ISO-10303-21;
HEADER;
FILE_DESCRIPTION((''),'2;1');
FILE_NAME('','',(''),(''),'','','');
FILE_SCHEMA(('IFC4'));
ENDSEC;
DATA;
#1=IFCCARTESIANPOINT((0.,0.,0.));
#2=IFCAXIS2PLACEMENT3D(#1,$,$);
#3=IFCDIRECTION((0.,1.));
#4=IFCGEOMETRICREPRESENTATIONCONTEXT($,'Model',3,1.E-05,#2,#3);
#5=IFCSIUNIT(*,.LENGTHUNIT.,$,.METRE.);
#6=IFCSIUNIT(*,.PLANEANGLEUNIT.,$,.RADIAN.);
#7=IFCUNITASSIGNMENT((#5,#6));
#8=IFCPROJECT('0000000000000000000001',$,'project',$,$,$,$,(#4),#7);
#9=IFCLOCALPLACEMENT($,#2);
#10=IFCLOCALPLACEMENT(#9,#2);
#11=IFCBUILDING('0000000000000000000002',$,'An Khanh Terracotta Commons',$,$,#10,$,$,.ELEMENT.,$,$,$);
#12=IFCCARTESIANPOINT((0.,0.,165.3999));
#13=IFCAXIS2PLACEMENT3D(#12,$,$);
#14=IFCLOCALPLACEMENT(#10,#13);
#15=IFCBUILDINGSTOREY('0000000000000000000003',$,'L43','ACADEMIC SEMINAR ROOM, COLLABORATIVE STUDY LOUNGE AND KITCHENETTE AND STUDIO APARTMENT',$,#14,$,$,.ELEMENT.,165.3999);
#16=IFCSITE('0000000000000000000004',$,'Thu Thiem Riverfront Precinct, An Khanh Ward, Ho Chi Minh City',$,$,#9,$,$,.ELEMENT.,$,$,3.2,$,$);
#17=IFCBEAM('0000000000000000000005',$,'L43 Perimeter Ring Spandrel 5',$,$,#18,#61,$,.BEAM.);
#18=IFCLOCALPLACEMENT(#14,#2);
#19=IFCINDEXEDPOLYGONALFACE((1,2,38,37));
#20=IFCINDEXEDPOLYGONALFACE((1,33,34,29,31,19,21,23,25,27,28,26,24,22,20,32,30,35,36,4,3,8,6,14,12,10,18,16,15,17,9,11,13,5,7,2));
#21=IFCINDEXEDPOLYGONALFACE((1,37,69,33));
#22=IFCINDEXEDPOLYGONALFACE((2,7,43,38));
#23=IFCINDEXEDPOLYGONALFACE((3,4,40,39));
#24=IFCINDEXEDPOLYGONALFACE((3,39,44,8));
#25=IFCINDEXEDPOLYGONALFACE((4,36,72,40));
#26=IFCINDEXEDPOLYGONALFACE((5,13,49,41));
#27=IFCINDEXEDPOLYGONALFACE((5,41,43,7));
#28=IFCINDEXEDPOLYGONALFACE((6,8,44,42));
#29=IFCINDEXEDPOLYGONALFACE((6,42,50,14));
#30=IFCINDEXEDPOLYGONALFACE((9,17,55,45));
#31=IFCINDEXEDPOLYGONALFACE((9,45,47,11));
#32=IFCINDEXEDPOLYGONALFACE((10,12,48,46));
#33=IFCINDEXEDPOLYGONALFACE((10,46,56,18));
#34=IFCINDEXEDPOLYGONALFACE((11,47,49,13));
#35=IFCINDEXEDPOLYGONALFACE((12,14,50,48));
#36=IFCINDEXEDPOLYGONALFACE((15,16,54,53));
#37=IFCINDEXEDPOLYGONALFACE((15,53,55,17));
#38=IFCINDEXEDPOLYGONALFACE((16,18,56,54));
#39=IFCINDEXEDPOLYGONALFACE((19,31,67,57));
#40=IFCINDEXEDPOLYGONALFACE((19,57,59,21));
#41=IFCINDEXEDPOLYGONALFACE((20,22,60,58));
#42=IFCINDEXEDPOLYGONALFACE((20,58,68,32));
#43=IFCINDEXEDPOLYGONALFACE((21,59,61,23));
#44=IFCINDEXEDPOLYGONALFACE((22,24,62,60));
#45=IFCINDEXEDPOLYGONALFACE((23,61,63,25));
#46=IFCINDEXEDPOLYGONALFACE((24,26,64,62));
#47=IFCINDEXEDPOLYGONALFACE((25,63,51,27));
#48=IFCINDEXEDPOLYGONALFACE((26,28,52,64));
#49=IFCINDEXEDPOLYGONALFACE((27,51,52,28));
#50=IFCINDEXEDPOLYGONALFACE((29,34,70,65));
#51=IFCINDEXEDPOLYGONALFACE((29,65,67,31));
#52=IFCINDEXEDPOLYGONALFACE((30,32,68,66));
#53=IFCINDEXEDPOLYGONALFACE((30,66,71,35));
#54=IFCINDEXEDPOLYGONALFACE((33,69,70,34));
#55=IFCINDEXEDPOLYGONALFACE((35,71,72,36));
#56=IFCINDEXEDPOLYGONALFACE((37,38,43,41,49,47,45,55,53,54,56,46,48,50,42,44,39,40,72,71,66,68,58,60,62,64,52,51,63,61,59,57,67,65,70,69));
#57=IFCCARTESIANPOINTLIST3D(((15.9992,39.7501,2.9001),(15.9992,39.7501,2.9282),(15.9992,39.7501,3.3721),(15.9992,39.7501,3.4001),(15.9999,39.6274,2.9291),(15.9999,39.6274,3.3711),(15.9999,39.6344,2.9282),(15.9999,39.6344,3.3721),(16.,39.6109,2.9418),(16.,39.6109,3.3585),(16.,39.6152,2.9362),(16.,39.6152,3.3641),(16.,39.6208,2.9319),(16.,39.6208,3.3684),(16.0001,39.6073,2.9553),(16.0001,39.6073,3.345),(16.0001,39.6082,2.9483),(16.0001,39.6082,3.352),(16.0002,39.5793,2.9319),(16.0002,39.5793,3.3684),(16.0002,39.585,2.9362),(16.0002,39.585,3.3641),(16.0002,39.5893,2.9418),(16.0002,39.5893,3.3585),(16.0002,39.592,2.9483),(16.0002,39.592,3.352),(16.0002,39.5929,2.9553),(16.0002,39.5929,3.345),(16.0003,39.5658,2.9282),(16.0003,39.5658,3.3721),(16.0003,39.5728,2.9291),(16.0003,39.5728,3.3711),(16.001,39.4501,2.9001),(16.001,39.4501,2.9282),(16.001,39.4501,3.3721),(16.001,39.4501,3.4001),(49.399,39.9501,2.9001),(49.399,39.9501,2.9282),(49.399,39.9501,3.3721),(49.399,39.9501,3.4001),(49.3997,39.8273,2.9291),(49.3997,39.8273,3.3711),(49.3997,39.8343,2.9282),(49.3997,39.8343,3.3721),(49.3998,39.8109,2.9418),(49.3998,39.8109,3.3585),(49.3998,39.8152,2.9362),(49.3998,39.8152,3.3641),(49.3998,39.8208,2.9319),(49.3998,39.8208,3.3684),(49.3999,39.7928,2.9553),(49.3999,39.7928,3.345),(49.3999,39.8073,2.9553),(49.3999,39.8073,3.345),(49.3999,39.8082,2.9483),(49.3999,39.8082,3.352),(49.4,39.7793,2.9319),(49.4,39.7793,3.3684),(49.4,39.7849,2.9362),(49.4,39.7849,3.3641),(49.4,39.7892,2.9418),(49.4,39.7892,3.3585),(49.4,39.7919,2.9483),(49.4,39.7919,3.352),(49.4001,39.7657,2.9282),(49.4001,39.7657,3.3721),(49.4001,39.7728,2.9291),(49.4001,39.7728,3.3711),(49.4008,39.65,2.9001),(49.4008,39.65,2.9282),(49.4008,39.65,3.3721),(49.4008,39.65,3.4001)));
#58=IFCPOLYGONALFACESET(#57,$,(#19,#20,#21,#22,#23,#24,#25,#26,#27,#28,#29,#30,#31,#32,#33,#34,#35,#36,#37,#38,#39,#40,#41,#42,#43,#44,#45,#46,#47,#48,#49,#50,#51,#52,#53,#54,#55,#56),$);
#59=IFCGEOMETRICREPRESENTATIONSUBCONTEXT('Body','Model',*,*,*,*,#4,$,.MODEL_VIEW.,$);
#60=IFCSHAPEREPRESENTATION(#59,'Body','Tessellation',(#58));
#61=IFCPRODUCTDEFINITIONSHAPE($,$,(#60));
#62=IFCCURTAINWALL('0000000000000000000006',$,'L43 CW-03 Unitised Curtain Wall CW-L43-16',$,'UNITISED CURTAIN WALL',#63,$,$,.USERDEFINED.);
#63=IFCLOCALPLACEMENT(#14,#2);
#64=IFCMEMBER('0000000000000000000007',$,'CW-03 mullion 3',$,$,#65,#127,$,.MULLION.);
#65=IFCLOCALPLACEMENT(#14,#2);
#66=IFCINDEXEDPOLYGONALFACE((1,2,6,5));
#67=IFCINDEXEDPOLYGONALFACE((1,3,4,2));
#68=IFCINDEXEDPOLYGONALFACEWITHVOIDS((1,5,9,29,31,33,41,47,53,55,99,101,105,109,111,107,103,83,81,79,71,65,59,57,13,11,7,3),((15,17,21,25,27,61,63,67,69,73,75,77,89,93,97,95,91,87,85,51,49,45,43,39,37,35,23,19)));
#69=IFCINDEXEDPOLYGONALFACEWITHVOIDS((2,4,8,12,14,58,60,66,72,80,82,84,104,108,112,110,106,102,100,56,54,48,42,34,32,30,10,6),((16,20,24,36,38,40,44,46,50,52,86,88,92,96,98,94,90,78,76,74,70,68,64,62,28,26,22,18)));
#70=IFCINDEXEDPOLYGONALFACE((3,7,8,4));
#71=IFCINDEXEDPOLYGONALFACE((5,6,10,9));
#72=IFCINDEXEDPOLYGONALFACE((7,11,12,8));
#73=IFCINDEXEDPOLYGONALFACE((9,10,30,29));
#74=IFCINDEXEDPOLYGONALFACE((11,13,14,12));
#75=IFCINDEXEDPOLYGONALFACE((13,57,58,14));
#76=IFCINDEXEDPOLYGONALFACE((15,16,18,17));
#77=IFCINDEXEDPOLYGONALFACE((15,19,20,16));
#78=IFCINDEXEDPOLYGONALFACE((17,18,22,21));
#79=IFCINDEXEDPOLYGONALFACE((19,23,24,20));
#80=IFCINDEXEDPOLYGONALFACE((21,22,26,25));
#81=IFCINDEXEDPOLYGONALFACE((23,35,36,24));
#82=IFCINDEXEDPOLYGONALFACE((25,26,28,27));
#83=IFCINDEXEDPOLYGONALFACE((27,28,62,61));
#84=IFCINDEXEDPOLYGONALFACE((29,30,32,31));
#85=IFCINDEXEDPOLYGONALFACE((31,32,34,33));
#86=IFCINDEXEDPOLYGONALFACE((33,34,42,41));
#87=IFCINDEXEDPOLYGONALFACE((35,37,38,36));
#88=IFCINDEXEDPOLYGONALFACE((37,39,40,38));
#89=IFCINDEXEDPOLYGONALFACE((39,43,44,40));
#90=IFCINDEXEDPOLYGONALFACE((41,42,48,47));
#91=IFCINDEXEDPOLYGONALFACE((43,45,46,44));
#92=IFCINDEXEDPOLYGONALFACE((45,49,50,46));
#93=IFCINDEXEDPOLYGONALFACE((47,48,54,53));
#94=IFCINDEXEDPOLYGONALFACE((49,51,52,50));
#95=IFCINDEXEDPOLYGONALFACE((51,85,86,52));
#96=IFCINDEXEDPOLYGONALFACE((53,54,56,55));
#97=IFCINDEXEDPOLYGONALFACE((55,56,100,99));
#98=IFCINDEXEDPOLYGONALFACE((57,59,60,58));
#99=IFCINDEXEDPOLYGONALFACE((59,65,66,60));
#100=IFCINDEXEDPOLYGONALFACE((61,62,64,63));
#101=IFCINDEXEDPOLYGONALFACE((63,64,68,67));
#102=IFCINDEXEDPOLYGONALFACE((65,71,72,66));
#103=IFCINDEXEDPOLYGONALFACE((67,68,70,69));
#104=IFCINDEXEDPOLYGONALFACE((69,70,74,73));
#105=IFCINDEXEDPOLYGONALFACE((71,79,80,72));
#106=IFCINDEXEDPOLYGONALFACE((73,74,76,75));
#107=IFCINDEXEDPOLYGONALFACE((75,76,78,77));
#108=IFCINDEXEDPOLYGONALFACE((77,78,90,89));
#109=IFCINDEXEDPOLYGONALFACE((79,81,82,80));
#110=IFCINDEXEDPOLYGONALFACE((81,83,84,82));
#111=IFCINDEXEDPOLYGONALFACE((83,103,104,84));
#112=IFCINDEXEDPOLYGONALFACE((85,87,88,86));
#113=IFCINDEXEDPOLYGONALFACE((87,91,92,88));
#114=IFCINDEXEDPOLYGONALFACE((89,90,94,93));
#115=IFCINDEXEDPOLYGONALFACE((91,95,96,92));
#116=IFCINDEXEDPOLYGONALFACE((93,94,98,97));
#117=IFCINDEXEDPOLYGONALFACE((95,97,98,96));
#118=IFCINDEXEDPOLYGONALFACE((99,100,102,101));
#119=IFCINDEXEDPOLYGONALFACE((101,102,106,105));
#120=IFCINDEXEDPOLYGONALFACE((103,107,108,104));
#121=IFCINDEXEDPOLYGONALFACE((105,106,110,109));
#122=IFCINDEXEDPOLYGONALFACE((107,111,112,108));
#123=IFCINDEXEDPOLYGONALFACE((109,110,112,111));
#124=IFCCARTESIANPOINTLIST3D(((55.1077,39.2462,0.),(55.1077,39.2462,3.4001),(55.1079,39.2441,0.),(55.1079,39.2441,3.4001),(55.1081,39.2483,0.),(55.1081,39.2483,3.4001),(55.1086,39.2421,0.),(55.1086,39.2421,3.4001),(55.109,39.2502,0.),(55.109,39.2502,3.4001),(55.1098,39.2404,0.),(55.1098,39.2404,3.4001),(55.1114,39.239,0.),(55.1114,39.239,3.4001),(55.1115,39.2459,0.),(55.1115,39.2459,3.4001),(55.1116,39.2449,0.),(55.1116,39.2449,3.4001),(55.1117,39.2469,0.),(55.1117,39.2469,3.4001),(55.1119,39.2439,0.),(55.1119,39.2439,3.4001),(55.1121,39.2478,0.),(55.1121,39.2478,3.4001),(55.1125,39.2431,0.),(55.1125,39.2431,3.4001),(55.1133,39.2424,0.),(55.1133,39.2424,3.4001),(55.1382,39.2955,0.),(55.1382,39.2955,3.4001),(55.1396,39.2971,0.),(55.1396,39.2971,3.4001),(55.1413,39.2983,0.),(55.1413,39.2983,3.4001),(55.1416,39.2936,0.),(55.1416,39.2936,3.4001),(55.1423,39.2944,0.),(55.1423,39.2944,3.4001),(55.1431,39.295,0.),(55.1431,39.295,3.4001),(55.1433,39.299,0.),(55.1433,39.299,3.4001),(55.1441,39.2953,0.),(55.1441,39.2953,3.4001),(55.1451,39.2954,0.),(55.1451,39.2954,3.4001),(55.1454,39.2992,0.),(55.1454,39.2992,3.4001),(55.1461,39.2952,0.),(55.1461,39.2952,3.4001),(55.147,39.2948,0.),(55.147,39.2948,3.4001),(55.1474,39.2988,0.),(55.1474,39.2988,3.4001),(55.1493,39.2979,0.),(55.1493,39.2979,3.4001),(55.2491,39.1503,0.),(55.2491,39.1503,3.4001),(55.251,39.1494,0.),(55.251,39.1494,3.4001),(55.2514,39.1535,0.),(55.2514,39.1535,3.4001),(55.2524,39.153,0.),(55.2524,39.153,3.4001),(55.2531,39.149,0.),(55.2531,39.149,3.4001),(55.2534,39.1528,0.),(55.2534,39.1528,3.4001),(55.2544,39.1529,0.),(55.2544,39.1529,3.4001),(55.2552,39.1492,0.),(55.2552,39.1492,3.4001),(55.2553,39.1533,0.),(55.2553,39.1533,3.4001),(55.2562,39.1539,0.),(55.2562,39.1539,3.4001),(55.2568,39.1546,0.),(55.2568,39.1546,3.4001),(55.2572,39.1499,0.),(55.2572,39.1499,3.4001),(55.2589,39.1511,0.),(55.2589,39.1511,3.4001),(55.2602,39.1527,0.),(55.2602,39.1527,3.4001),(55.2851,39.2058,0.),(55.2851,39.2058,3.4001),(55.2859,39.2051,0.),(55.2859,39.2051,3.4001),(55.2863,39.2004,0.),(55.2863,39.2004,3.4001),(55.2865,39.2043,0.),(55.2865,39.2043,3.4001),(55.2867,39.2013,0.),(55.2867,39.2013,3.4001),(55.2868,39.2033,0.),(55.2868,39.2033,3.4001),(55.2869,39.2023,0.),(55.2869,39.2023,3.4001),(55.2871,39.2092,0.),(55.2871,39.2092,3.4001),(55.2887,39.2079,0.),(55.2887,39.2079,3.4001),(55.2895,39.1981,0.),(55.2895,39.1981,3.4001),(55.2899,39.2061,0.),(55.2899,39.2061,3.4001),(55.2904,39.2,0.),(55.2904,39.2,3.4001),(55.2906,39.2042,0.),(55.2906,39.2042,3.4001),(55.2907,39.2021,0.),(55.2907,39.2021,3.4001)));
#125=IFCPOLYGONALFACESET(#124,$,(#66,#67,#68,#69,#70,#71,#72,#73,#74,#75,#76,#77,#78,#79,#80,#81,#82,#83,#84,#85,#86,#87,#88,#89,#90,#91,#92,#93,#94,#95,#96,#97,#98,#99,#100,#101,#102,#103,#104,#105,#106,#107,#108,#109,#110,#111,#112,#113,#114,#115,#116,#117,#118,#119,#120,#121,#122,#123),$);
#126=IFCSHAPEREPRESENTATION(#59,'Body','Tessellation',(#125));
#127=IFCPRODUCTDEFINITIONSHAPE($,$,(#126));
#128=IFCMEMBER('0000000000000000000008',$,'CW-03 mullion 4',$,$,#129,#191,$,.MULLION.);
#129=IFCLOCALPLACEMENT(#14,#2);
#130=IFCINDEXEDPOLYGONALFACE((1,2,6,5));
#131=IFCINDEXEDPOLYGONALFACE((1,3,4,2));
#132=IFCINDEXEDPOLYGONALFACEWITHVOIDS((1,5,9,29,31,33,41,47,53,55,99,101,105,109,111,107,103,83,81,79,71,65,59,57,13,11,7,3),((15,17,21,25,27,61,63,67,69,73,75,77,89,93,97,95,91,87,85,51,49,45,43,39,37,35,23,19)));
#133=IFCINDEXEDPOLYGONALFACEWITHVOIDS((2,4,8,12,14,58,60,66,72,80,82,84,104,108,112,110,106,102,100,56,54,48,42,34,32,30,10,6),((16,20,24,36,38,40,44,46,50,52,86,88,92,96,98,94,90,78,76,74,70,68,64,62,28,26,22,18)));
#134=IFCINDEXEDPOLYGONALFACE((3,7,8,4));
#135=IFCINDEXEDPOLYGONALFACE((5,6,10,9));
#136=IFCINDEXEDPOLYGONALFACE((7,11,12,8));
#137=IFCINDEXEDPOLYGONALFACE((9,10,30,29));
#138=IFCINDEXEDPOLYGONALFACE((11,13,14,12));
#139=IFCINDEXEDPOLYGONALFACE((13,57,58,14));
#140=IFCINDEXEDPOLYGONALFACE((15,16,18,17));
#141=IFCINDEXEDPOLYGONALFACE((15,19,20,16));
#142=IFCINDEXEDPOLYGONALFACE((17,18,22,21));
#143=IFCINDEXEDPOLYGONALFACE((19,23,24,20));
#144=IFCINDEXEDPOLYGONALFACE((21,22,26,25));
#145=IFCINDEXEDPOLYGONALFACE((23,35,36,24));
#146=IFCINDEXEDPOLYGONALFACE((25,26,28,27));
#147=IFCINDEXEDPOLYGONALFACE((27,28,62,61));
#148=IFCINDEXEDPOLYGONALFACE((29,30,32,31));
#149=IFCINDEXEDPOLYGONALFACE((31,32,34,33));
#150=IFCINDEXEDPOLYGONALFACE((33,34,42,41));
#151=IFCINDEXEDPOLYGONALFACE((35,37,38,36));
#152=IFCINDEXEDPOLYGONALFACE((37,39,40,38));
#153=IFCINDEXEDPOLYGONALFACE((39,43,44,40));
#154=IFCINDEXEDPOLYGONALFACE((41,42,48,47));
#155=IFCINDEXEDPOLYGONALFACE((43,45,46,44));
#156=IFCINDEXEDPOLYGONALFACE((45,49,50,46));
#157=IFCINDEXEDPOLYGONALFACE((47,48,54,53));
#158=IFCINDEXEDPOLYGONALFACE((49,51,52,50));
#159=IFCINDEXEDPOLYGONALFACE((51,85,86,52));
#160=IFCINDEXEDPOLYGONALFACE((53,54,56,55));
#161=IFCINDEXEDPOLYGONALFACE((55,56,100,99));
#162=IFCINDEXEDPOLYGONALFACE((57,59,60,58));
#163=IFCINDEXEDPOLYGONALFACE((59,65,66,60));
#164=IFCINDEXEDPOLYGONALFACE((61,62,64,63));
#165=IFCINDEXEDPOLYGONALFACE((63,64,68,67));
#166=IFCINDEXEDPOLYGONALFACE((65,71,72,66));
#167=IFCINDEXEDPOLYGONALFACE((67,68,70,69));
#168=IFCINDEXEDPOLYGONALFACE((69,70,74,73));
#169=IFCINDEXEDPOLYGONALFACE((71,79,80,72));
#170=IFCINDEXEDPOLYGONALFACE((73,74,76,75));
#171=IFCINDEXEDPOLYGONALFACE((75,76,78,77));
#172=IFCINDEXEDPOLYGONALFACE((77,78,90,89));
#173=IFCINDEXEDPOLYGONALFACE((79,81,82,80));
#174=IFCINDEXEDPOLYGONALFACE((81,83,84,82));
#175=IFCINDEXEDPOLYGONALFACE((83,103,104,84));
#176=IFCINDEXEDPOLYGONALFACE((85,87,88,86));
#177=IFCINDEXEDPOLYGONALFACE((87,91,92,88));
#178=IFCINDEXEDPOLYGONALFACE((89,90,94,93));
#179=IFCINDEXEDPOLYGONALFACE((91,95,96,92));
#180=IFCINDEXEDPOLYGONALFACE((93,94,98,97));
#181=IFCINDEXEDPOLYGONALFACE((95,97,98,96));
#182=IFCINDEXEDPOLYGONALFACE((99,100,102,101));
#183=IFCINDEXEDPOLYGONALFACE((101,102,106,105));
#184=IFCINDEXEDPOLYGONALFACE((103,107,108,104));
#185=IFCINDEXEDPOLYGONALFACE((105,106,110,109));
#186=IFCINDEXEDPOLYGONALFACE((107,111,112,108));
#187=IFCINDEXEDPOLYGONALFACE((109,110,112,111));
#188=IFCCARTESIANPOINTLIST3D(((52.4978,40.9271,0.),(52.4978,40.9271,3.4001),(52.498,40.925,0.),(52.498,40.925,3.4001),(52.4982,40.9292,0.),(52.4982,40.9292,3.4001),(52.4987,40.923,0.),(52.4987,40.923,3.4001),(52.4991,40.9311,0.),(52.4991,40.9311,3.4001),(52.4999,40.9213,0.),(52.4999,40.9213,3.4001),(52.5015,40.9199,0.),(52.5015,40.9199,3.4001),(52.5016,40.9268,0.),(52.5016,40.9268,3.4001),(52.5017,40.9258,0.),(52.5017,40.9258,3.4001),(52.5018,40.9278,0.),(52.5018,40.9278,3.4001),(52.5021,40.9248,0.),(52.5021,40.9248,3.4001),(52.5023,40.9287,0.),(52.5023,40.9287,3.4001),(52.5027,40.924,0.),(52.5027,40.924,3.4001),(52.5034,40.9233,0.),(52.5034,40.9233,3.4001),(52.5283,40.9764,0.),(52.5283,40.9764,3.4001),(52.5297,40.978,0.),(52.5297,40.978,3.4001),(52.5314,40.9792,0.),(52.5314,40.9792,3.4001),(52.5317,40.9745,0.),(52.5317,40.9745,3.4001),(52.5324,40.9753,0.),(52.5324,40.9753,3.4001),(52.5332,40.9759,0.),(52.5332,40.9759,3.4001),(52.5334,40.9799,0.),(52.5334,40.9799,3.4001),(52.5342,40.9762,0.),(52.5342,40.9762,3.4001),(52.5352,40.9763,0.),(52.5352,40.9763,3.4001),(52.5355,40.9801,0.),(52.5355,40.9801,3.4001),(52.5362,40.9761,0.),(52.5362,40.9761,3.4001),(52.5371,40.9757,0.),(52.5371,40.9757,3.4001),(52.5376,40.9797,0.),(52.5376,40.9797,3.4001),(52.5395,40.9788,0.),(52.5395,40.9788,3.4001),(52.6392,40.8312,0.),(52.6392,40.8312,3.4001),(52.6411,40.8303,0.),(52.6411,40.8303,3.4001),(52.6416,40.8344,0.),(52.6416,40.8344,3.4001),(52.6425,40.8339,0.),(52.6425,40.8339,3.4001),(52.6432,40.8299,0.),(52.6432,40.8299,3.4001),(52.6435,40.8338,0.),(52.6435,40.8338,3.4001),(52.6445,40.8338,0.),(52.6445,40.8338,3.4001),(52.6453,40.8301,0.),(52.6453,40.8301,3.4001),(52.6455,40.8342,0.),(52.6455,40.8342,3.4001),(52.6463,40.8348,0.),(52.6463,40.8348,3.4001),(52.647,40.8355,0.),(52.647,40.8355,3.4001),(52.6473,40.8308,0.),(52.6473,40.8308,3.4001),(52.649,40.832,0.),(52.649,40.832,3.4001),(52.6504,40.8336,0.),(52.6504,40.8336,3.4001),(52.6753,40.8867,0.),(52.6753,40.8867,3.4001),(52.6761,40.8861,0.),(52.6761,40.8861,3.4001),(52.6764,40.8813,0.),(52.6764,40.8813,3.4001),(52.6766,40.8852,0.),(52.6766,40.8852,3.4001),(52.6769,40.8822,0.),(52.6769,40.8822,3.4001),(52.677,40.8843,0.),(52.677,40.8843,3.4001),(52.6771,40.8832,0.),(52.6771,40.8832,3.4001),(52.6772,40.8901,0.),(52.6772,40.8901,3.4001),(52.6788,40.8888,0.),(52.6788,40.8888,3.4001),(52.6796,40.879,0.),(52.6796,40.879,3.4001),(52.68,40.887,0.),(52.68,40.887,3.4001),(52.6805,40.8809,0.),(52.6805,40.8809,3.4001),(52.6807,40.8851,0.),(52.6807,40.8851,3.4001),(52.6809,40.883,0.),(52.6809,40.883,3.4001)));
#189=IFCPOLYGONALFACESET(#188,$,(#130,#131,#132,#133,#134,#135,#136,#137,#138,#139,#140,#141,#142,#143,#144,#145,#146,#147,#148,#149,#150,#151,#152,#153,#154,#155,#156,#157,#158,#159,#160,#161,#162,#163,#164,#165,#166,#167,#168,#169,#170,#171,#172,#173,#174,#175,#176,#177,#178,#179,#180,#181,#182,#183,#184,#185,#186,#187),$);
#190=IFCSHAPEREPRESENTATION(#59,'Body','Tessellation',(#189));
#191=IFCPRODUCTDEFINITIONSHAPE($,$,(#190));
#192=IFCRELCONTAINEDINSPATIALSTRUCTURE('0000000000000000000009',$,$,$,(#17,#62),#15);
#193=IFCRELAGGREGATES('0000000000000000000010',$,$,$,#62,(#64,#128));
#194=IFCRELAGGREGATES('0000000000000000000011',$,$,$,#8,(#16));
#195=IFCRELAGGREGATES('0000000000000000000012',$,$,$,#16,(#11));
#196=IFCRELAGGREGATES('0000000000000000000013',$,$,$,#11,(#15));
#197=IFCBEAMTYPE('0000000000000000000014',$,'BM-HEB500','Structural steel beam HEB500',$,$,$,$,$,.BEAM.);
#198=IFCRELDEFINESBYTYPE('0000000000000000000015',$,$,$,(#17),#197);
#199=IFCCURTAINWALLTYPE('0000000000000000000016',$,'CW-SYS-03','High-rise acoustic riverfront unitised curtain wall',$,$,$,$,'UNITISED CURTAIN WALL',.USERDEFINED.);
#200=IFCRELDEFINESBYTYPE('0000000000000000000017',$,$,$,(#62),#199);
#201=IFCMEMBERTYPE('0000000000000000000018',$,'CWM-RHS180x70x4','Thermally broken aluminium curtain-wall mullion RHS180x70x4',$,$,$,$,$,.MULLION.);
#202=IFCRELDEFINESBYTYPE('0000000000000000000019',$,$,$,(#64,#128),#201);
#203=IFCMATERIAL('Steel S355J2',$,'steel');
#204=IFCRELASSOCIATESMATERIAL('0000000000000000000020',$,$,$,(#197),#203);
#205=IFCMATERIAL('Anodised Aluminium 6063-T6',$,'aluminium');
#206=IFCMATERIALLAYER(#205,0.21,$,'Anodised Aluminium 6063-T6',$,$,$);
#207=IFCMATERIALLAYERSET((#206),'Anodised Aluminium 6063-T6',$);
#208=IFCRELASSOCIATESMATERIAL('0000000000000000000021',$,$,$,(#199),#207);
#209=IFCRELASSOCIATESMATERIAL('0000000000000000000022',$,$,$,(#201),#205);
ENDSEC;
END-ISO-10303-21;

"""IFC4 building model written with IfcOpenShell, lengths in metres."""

from ifc_helpers import new_model, si_unit, direction, frame, origin, origin_2d, place, context, subcontext, project, spatial, hollow_rectangle, i_section, extrude, material, layer, layer_set, material_profile, profile_set, type_object, element, aggregate, save


model = new_model("IFC4")

# Units and contexts
model_context = context("Model", 3, precision=1e-05, world=origin(), true_north=direction((0.0, 1.0)))
body_context = subcontext(model_context, "Body", "Model", "MODEL_VIEW")
ifc_project = project(units=[si_unit("LENGTHUNIT", "METRE"), si_unit("PLANEANGLEUNIT", "RADIAN")], contexts=[model_context])

# Site, building, storey
site_placement = place(None, origin())
site = spatial("IfcSite", under=ifc_project, at=site_placement, Name="Thu Thiem Riverfront Precinct, An Khanh Ward, Ho Chi Minh City", CompositionType="ELEMENT", RefElevation=3.2)
building_placement = place(site_placement, origin())
building = spatial("IfcBuilding", under=site, at=building_placement, Name="An Khanh Terracotta Commons", CompositionType="ELEMENT")
storey_placement = place(building_placement, frame((0.0, 0.0, 165.3999)))
storey = spatial("IfcBuildingStorey", under=building, at=storey_placement, Name="L43", Description="ACADEMIC SEMINAR ROOM, COLLABORATIVE STUDY LOUNGE AND KITCHENETTE AND STUDIO APARTMENT", CompositionType="ELEMENT", Elevation=165.3999)

# Beam
ifc_material_1 = material(Name="Steel S355J2", Category="steel")
ifc_material_profile_1 = material_profile(ifc_material_1, i_section(OverallWidth=0.3, OverallDepth=0.5, WebThickness=0.0144, FlangeThickness=0.0281, FilletRadius=0.0271, at=origin_2d()), Name="HEB500")
ifc_profile_set_1 = profile_set([ifc_material_profile_1], Name="Steel S355J2")
beam_type_1 = type_object("IfcBeamType", Name="BM-HEB500", Description="Structural steel beam HEB500", PredefinedType="BEAM", material=ifc_profile_set_1)
beam_1_placement = place(storey_placement, frame((49.3999, 39.8, 3.1501), z_axis=(-0.999982, -0.005986, 0.0), x_axis=(0.005986, -0.999982, 0.0)))
element("IfcBeam", 1, at=beam_1_placement, inside=storey, type_object=beam_type_1, Name="L43 Perimeter Ring Spandrel 5", PredefinedType="BEAM", context=body_context, shape_type="SweptSolid", body=[
    extrude(i_section(OverallWidth=0.3, OverallDepth=0.5, WebThickness=0.0144, FlangeThickness=0.0281, FilletRadius=0.0271, at=origin_2d()), origin(), (0.0, 0.0, 1.0), 33.4004),
])

# Curtain wall, members
ifc_material_2 = material(Name="Anodised Aluminium 6063-T6", Category="aluminium")
ifc_layer_1 = layer(ifc_material_2, 0.21, Name="Anodised Aluminium 6063-T6")
ifc_layer_set_1 = layer_set([ifc_layer_1], Name="Anodised Aluminium 6063-T6")
curtain_wall_type = type_object("IfcCurtainWallType", Name="CW-SYS-03", Description="High-rise acoustic riverfront unitised curtain wall", ElementType="UNITISED CURTAIN WALL", PredefinedType="USERDEFINED", material=ifc_layer_set_1)
curtain_wall_placement = place(storey_placement, origin())
curtain_wall = element("IfcCurtainWall", 2, at=curtain_wall_placement, inside=storey, type_object=curtain_wall_type, Name="L43 CW-03 Unitised Curtain Wall CW-L43-16", ObjectType="UNITISED CURTAIN WALL", PredefinedType="USERDEFINED")
ifc_material_profile_2 = material_profile(ifc_material_2, hollow_rectangle(XDim=0.0701, YDim=0.1799, WallThickness=0.0039, InnerFilletRadius=0.0039, OuterFilletRadius=0.0081, at=origin_2d()), Name="RHS180x70x4")
ifc_profile_set_2 = profile_set([ifc_material_profile_2], Name="Anodised Aluminium 6063-T6")
member_type_1 = type_object("IfcMemberType", Name="CWM-RHS180x70x4", Description="Thermally broken aluminium curtain-wall mullion RHS180x70x4", PredefinedType="MULLION", material=ifc_profile_set_2)
member_1_placement = place(storey_placement, frame((55.1992, 39.2241, 0.0), z_axis=(0.0, 0.0, 1.0), x_axis=(-0.541498, -0.840702, 0.0)))
member_1 = element("IfcMember", 3, at=member_1_placement, type_object=member_type_1, Name="CW-03 mullion 3", PredefinedType="MULLION", context=body_context, shape_type="SweptSolid", body=[
    extrude(hollow_rectangle(XDim=0.0701, YDim=0.1799, WallThickness=0.0039, InnerFilletRadius=0.0039, OuterFilletRadius=0.0081, at=origin_2d()), origin(), (0.0, 0.0, 1.0), 3.4001),
])
member_2_placement = place(storey_placement, frame((52.5894, 40.905, 0.0), z_axis=(0.0, 0.0, 1.0), x_axis=(-0.541498, -0.840702, 0.0)))
member_2 = element("IfcMember", 4, at=member_2_placement, type_object=member_type_1, Name="CW-03 mullion 4", PredefinedType="MULLION", context=body_context, shape_type="SweptSolid", body=[
    extrude(hollow_rectangle(XDim=0.0701, YDim=0.1799, WallThickness=0.0039, InnerFilletRadius=0.0039, OuterFilletRadius=0.0081, at=origin_2d()), origin(), (0.0, 0.0, 1.0), 3.4001),
])
aggregate(curtain_wall, [member_1, member_2])

save(model, "model.ifc")
